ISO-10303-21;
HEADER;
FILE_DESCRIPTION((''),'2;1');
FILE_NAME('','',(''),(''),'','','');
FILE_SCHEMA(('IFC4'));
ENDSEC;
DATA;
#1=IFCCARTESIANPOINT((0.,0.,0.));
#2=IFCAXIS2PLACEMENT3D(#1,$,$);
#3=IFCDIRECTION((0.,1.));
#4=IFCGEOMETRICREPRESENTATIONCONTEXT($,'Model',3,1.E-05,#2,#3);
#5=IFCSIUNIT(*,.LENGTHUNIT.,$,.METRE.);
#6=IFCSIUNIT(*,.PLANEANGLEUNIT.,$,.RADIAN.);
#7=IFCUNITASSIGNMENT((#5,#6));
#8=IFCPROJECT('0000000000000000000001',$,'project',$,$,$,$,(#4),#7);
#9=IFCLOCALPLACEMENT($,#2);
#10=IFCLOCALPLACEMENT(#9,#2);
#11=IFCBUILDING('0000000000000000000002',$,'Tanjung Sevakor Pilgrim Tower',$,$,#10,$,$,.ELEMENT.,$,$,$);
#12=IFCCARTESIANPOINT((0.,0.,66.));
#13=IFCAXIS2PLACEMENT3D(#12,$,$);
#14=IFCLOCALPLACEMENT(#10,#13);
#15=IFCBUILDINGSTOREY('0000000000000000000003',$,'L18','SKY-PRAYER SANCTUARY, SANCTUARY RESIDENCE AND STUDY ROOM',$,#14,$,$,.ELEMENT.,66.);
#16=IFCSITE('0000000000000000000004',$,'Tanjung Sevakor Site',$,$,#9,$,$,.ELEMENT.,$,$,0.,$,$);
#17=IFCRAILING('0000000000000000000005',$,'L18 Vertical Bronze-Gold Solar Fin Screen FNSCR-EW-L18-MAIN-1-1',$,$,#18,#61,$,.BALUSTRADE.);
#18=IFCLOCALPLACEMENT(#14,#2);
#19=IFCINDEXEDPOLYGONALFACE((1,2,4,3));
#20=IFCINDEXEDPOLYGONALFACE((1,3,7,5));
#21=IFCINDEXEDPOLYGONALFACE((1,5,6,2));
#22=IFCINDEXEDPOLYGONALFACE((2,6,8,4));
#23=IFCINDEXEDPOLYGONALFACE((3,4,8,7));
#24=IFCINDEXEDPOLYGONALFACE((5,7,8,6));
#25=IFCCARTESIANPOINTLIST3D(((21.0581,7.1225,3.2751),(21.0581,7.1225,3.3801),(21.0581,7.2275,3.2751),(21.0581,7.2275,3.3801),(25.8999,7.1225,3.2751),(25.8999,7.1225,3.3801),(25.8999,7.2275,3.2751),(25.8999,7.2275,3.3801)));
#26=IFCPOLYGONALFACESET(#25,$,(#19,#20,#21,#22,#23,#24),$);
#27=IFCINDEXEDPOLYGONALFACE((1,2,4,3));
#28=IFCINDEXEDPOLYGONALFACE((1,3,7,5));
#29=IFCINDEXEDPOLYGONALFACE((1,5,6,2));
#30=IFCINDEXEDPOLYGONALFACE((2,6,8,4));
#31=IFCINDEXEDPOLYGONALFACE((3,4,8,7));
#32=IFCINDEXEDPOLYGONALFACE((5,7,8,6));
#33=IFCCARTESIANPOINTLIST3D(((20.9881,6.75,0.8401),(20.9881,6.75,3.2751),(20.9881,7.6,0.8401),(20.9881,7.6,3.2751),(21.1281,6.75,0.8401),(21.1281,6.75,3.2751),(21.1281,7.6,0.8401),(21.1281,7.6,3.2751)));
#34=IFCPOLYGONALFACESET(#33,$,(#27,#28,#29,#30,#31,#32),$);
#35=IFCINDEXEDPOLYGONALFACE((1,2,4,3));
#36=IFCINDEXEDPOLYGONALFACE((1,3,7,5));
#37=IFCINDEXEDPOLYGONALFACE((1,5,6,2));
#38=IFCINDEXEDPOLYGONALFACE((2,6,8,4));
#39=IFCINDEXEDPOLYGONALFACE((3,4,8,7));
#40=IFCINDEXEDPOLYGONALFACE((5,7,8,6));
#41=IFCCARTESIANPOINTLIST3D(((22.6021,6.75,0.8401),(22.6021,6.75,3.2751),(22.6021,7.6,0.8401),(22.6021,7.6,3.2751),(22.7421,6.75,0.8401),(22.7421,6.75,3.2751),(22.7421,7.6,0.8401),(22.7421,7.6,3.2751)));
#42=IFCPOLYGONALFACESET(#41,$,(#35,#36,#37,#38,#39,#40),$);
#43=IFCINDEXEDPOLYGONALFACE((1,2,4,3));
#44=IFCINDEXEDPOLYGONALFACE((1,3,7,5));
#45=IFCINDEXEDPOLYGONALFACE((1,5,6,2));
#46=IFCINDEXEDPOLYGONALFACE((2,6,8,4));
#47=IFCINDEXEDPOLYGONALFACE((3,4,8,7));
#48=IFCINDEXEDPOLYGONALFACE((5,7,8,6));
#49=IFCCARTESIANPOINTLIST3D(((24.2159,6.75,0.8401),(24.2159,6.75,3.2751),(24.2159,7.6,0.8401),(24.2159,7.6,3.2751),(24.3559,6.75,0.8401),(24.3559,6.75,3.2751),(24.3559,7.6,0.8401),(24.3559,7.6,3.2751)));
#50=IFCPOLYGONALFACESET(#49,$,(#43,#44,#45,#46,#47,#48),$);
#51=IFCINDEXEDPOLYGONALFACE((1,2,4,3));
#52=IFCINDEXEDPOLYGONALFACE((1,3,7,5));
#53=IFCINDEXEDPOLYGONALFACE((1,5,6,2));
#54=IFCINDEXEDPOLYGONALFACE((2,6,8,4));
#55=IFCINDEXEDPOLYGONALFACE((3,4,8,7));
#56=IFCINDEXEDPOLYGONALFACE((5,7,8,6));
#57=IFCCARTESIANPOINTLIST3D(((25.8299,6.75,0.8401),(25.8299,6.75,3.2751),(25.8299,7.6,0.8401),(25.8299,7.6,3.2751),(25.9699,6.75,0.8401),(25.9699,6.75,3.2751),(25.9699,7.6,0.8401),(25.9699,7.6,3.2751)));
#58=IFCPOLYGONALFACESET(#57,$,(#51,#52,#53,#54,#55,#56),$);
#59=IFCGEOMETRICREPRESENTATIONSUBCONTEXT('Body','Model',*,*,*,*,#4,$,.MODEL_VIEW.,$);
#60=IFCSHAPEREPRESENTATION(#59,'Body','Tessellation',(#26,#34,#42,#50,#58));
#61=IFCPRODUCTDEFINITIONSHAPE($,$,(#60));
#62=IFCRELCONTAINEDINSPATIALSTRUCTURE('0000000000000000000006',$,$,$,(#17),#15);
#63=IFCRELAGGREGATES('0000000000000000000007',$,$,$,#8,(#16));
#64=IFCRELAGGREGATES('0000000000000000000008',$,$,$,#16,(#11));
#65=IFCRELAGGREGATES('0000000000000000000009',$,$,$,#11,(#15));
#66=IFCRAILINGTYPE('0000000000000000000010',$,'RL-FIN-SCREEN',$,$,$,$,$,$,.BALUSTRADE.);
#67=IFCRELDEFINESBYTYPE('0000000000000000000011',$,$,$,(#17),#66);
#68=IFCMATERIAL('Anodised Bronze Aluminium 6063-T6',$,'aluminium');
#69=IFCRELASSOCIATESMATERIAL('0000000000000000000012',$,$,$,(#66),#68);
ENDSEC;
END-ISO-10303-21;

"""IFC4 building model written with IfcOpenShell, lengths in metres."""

from ifc_helpers import new_model, si_unit, direction, frame, origin, place, context, subcontext, project, spatial, rectangle, extrude, material, type_object, element, save


model = new_model("IFC4")

# Units and contexts
model_context = context("Model", 3, precision=1e-05, world=origin(), true_north=direction((0.0, 1.0)))
body_context = subcontext(model_context, "Body", "Model", "MODEL_VIEW")
ifc_project = project(units=[si_unit("LENGTHUNIT", "METRE"), si_unit("PLANEANGLEUNIT", "RADIAN")], contexts=[model_context])

# Site, building, storey
site_placement = place(None, origin())
site = spatial("IfcSite", under=ifc_project, at=site_placement, Name="Tanjung Sevakor Site", CompositionType="ELEMENT", RefElevation=0.0)
building_placement = place(site_placement, origin())
building = spatial("IfcBuilding", under=site, at=building_placement, Name="Tanjung Sevakor Pilgrim Tower", CompositionType="ELEMENT")
storey_placement = place(building_placement, frame((0.0, 0.0, 66.0)))
storey = spatial("IfcBuildingStorey", under=building, at=storey_placement, Name="L18", Description="SKY-PRAYER SANCTUARY, SANCTUARY RESIDENCE AND STUDY ROOM", CompositionType="ELEMENT", Elevation=66.0)

# Railing
ifc_material_1 = material(Name="Anodised Bronze Aluminium 6063-T6", Category="aluminium")
railing_type_1 = type_object("IfcRailingType", Name="RL-FIN-SCREEN", PredefinedType="BALUSTRADE", material=ifc_material_1)
railing_1_placement = place(storey_placement, frame((21.0581, 7.175, 0.8401)))
element("IfcRailing", 1, at=railing_1_placement, inside=storey, type_object=railing_type_1, Name="L18 Vertical Bronze-Gold Solar Fin Screen FNSCR-EW-L18-MAIN-1-1", PredefinedType="BALUSTRADE", context=body_context, shape_type="SweptSolid", body=[
    extrude(rectangle(XDim=0.105, YDim=0.105), frame((0.0, 0.0, 2.4875), z_axis=(1.0, 0.0, 0.0), x_axis=(0.0, 1.0, 0.0)), (0.0, 0.0, 1.0), 4.8418),
    extrude(rectangle(XDim=0.14, YDim=0.85), origin(), (0.0, 0.0, 1.0), 2.4351),
    extrude(rectangle(XDim=0.14, YDim=0.85), frame((1.614, 0.0, 0.0)), (0.0, 0.0, 1.0), 2.4351),
    extrude(rectangle(XDim=0.14, YDim=0.85), frame((3.2278, 0.0, 0.0)), (0.0, 0.0, 1.0), 2.4351),
    extrude(rectangle(XDim=0.14, YDim=0.85), frame((4.8418, 0.0, 0.0)), (0.0, 0.0, 1.0), 2.4351),
])

save(model, "model.ifc")
